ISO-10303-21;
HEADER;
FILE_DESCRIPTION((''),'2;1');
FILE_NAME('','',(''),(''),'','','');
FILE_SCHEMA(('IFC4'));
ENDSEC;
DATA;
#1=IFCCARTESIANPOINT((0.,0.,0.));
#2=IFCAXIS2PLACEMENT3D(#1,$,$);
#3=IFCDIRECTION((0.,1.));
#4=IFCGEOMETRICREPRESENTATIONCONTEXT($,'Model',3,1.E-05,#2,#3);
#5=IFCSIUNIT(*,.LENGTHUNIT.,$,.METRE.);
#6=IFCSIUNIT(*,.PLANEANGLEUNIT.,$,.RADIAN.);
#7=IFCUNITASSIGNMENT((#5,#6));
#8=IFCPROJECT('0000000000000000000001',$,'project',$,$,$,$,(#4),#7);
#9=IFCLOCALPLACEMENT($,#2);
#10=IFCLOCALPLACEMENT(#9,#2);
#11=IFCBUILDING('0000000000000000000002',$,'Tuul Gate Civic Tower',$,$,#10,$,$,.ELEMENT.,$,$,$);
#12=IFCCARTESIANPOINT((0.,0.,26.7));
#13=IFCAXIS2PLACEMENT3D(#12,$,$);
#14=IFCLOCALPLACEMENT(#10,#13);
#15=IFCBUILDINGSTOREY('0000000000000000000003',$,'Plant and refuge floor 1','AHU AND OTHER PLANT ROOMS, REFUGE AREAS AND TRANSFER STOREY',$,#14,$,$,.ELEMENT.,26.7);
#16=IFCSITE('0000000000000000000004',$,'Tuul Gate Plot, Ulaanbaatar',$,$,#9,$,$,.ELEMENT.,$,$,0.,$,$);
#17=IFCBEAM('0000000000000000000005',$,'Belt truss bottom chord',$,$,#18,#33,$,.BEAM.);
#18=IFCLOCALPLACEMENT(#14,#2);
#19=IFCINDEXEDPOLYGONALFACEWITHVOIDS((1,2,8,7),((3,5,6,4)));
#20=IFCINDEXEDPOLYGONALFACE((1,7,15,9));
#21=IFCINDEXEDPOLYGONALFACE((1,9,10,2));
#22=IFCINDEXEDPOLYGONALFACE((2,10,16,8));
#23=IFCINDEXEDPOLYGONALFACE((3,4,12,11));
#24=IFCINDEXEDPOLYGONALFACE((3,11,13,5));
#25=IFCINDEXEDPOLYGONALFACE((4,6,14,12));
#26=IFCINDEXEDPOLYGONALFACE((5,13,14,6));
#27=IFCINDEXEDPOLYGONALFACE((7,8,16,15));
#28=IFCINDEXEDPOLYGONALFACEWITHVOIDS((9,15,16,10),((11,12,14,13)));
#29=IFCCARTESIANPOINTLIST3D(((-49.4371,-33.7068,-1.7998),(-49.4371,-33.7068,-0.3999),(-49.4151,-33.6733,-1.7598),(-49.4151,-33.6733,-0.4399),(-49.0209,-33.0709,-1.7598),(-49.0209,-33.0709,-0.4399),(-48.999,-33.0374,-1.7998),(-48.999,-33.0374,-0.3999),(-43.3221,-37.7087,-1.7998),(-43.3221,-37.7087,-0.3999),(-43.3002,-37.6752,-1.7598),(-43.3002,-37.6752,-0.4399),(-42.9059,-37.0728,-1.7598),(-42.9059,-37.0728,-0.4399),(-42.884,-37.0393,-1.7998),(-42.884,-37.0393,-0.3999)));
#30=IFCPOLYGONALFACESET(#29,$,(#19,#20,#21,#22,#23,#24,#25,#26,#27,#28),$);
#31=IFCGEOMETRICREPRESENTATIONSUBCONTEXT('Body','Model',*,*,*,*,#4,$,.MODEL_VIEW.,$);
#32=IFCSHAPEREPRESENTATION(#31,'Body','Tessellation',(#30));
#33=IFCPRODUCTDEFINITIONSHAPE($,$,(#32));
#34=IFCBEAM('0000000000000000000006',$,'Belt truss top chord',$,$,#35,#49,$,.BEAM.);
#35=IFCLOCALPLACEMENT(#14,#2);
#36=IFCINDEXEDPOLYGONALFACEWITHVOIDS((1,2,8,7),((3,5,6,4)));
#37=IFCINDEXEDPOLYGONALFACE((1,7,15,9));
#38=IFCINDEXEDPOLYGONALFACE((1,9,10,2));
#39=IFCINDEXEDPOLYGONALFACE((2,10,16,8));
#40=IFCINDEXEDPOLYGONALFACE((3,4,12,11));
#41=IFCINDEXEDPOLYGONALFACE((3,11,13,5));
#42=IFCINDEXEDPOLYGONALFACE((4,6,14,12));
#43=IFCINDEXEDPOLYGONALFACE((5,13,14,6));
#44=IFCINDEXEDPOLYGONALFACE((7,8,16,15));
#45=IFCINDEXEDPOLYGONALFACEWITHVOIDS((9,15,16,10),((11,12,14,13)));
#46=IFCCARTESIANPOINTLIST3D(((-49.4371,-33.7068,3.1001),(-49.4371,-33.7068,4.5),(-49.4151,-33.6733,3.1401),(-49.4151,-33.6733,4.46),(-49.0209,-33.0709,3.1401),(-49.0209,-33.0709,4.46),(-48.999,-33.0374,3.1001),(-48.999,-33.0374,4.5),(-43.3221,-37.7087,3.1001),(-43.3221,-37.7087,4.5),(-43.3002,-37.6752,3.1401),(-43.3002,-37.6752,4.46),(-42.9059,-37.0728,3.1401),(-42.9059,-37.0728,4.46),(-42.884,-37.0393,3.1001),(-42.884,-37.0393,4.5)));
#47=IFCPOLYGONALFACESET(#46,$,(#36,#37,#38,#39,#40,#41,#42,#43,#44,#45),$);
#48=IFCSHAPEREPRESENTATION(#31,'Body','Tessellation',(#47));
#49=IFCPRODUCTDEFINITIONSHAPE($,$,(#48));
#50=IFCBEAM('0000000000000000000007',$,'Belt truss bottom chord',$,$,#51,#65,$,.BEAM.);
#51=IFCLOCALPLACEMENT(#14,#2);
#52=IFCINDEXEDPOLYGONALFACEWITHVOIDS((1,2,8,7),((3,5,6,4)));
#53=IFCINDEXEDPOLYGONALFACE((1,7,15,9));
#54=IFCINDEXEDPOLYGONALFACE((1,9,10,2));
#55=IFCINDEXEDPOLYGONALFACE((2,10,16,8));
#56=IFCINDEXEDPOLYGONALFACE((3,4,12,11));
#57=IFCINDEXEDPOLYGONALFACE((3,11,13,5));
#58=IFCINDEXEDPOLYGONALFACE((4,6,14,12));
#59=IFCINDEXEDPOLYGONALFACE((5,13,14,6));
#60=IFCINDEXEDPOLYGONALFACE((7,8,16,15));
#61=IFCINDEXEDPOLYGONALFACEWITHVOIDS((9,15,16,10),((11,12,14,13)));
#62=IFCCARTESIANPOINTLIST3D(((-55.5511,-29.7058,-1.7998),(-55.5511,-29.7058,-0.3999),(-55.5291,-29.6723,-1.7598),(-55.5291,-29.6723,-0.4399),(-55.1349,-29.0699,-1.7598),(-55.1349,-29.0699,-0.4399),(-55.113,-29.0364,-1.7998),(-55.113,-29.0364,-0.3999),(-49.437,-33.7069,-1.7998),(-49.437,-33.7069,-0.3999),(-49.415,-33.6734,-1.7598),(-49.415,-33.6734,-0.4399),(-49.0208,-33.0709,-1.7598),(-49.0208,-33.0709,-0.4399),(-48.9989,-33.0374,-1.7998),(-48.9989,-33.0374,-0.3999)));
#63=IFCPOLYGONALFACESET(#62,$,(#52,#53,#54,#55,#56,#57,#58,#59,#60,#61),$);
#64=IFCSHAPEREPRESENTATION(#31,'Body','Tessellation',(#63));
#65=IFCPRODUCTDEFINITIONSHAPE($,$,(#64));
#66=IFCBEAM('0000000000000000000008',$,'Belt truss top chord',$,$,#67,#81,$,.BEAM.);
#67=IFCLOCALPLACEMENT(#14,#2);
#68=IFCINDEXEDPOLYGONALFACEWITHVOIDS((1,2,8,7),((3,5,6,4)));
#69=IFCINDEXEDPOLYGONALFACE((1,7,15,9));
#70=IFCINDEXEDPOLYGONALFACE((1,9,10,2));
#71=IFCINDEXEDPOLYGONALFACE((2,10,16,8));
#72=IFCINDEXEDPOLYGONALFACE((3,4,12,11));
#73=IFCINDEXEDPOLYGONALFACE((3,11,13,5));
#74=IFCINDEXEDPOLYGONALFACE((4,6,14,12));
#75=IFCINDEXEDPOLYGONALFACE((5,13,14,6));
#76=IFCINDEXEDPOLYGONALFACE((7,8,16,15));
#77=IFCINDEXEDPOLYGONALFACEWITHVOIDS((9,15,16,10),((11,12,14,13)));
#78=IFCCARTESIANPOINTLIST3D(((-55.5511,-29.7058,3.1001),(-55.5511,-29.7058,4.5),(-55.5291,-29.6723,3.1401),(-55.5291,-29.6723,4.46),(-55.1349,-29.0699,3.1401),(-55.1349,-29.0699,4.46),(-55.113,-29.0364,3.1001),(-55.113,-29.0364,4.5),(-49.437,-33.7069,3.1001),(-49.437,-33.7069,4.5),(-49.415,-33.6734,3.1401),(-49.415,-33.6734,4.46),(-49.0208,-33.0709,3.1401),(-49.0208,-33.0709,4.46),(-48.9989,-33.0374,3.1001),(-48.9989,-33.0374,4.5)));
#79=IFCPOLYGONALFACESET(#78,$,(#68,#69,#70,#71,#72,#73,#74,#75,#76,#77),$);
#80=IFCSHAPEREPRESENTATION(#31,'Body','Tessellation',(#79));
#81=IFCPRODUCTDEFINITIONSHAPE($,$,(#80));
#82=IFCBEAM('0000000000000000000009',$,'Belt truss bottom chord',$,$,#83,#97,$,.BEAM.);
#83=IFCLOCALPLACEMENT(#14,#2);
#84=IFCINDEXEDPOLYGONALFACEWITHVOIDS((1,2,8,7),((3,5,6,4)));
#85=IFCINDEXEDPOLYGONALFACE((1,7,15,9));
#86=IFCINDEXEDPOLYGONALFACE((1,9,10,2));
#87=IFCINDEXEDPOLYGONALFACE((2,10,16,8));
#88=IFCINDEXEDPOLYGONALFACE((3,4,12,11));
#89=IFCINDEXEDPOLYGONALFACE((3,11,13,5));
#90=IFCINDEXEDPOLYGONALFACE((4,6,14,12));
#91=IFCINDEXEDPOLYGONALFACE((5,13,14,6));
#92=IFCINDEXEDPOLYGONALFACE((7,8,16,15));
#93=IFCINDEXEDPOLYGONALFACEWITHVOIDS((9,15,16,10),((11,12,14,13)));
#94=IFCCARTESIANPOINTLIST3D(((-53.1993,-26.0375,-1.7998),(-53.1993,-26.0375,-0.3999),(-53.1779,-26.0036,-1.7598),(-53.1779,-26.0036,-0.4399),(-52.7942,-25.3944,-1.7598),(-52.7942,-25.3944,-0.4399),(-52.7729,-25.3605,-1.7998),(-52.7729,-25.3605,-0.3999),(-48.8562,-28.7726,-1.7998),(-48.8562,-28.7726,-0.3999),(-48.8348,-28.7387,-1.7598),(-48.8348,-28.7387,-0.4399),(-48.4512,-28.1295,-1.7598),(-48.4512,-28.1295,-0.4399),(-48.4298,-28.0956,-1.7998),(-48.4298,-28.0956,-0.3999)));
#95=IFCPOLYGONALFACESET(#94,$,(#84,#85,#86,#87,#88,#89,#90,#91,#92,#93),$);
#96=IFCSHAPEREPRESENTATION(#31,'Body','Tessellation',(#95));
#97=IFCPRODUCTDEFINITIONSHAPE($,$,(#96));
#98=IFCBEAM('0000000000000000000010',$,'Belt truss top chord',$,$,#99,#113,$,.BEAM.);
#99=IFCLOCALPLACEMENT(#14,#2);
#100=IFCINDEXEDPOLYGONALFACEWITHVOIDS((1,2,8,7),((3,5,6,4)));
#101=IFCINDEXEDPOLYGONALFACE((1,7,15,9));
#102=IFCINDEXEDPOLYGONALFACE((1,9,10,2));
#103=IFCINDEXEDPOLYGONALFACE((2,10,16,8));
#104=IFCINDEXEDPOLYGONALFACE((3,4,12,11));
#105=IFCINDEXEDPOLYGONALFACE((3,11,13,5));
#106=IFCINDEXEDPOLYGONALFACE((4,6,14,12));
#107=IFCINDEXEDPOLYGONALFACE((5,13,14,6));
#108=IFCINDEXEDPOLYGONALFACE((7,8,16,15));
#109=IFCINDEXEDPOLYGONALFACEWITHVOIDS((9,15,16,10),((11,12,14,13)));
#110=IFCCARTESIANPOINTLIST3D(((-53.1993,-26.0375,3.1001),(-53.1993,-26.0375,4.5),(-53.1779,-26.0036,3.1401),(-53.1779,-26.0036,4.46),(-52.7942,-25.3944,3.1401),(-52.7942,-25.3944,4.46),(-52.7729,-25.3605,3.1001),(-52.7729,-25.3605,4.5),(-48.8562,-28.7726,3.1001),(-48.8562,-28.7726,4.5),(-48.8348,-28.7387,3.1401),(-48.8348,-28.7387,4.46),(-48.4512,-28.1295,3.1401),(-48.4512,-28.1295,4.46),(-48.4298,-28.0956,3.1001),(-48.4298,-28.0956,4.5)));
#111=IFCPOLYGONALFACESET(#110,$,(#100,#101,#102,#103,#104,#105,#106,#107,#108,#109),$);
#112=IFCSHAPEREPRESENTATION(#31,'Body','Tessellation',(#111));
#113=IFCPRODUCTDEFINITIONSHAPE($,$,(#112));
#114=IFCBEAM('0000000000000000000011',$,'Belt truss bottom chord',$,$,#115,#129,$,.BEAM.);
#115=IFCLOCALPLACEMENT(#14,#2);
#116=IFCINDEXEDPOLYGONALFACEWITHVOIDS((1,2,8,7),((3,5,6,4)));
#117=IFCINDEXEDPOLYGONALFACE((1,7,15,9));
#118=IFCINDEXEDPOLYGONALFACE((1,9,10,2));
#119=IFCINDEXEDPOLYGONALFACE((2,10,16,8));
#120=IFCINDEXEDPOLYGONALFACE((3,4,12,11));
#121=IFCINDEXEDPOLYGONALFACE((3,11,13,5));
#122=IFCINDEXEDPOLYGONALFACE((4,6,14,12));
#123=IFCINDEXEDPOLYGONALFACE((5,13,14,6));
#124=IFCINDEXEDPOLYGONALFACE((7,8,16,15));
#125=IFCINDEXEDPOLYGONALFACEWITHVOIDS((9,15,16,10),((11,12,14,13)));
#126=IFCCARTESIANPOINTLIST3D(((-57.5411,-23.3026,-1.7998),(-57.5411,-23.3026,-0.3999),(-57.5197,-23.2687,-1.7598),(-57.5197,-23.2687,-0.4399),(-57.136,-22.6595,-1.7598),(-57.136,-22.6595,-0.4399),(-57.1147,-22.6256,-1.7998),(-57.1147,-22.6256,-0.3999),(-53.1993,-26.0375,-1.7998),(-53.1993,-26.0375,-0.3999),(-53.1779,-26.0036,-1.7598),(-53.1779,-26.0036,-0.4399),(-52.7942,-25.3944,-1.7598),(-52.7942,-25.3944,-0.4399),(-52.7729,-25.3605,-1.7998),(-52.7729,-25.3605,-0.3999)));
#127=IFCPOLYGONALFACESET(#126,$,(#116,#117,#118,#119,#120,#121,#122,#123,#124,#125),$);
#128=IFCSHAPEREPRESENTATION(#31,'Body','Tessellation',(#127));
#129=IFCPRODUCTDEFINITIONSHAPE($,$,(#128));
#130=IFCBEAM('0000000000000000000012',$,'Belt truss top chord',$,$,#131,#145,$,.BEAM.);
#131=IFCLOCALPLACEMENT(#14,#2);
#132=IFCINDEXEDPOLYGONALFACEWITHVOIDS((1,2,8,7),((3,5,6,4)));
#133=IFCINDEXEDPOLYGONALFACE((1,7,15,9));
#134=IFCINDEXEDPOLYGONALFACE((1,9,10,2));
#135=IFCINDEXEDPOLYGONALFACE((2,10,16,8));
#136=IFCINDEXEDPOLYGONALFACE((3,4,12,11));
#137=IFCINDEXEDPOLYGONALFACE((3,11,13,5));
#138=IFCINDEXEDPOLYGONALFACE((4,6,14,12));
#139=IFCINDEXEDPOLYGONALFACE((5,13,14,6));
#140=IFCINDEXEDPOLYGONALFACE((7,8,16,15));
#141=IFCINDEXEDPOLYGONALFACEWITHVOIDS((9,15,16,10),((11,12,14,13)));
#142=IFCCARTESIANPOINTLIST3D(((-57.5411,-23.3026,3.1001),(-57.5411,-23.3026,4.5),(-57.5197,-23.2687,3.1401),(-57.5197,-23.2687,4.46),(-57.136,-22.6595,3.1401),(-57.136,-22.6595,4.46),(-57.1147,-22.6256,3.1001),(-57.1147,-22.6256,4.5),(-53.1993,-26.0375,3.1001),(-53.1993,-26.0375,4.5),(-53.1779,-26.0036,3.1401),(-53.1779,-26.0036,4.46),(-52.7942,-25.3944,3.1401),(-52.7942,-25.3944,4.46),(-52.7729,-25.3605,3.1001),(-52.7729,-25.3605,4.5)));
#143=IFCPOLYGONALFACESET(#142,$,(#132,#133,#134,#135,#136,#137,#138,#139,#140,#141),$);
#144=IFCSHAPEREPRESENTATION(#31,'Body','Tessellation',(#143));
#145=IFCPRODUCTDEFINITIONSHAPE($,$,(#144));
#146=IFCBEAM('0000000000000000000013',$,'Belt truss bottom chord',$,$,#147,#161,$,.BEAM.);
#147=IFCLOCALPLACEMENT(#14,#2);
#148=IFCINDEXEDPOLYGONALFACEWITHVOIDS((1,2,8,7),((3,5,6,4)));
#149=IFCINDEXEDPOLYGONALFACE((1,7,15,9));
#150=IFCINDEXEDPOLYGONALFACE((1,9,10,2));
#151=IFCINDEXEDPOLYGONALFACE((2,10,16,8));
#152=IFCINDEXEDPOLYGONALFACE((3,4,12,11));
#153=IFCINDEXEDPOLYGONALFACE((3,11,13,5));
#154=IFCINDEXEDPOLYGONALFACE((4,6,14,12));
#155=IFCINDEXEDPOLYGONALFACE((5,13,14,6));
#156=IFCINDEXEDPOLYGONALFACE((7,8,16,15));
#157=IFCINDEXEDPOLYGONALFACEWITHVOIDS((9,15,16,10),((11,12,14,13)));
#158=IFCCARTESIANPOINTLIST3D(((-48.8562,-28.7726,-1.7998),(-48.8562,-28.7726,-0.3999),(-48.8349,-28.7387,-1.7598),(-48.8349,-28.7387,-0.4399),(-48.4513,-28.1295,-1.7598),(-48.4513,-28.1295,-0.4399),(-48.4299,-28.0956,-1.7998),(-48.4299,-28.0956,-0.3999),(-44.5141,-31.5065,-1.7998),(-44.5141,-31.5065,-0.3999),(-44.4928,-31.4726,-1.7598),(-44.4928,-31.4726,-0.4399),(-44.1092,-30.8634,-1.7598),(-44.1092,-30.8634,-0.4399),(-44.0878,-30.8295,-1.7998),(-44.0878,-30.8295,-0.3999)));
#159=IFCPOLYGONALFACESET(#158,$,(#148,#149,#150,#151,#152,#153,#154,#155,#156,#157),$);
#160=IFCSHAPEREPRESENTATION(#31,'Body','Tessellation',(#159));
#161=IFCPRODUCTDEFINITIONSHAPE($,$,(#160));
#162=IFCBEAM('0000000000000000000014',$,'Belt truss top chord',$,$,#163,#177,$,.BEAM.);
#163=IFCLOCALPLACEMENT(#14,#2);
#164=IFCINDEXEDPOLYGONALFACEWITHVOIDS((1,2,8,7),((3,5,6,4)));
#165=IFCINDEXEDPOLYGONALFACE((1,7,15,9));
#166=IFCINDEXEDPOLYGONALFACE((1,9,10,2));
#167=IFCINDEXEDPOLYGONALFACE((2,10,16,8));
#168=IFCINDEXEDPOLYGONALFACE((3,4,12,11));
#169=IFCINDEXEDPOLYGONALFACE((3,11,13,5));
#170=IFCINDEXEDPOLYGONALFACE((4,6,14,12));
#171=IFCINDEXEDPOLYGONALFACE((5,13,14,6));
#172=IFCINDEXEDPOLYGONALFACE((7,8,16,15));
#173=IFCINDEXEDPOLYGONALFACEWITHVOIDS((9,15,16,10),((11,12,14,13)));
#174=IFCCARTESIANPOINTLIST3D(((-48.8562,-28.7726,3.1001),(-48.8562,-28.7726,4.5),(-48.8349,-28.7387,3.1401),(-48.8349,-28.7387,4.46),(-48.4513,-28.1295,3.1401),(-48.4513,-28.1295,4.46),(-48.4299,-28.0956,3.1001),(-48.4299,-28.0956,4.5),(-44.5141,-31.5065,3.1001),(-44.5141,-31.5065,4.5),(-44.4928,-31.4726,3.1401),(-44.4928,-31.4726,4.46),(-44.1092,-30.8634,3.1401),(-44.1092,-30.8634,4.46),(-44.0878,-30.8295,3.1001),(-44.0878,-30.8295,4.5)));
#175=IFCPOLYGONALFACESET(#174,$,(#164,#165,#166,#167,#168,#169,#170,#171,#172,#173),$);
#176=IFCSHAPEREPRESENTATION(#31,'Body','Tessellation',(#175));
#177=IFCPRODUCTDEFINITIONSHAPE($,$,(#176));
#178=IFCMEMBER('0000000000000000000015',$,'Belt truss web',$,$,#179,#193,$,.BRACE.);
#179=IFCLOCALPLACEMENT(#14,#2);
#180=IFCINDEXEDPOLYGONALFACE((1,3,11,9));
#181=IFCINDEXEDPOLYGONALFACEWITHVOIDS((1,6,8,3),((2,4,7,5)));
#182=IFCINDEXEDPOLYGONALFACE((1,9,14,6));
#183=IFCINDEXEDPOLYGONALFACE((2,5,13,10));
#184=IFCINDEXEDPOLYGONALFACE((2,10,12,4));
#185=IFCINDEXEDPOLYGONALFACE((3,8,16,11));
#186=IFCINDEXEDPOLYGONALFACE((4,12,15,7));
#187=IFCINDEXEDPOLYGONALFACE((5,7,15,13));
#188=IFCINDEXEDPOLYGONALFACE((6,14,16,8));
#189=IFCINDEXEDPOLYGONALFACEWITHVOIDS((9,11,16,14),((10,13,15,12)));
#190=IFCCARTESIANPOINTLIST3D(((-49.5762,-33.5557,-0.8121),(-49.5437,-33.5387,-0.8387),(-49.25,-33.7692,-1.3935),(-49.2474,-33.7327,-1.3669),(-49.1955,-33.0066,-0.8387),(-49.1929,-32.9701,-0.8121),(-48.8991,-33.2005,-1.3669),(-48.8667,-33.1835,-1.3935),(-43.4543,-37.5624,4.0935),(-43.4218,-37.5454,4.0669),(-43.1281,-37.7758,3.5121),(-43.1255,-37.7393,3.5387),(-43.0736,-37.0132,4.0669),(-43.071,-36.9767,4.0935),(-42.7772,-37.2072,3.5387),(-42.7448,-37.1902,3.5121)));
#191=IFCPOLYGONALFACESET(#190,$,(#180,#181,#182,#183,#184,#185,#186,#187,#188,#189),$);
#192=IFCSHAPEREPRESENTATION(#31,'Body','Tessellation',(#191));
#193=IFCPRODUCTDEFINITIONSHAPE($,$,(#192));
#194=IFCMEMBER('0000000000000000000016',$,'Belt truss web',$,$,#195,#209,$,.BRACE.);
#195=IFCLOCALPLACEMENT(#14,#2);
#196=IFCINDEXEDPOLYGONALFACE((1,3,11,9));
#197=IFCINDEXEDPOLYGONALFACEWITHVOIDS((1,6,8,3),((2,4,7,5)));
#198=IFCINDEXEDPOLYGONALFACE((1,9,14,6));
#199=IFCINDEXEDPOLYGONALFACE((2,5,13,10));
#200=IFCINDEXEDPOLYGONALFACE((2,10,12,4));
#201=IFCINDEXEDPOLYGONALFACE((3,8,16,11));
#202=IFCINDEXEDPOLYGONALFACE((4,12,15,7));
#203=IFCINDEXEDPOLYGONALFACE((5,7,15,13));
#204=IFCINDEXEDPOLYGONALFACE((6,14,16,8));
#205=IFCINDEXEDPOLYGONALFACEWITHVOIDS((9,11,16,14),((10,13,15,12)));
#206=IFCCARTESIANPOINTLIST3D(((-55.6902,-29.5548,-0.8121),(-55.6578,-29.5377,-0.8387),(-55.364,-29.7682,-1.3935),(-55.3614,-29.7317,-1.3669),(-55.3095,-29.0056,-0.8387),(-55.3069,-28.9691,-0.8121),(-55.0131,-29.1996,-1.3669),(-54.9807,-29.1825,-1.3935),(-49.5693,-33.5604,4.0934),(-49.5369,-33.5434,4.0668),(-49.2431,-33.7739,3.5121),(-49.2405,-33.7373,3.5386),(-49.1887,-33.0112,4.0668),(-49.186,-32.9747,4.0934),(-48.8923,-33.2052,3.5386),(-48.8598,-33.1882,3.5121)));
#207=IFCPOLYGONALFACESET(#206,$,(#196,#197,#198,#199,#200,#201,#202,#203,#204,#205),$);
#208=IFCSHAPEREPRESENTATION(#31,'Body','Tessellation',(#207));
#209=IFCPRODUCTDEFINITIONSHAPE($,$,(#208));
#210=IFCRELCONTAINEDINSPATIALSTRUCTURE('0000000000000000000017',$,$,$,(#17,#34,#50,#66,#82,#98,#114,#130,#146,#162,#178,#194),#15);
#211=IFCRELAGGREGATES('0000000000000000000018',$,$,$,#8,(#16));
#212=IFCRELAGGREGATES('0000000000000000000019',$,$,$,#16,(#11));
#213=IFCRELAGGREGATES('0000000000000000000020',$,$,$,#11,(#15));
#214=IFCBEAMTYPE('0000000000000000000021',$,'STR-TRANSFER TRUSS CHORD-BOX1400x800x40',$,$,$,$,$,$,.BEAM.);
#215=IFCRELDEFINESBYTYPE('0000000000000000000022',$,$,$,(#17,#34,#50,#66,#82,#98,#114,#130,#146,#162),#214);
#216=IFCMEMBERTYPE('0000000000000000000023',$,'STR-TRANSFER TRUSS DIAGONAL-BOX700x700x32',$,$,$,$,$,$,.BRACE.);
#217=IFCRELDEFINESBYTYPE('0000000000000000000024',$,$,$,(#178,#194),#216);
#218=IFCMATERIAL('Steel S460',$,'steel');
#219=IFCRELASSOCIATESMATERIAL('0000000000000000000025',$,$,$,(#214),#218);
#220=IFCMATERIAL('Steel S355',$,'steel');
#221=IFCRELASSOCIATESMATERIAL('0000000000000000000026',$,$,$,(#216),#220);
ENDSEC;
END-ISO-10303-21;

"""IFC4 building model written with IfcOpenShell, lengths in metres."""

from ifc_helpers import new_model, si_unit, direction, frame, origin, origin_2d, place, context, subcontext, project, spatial, hollow_rectangle, extrude, material, material_profile, profile_set, type_object, element, save


model = new_model("IFC4")

# Units and contexts
model_context = context("Model", 3, precision=1e-05, world=origin(), true_north=direction((0.0, 1.0)))
body_context = subcontext(model_context, "Body", "Model", "MODEL_VIEW")
ifc_project = project(units=[si_unit("LENGTHUNIT", "METRE"), si_unit("PLANEANGLEUNIT", "RADIAN")], contexts=[model_context])

# Site, building, storey
site_placement = place(None, origin())
site = spatial("IfcSite", under=ifc_project, at=site_placement, Name="Tuul Gate Plot, Ulaanbaatar", CompositionType="ELEMENT", RefElevation=0.0)
building_placement = place(site_placement, origin())
building = spatial("IfcBuilding", under=site, at=building_placement, Name="Tuul Gate Civic Tower", CompositionType="ELEMENT")
storey_placement = place(building_placement, frame((0.0, 0.0, 26.7)))
storey = spatial("IfcBuildingStorey", under=building, at=storey_placement, Name="Plant and refuge floor 1", Description="AHU AND OTHER PLANT ROOMS, REFUGE AREAS AND TRANSFER STOREY", CompositionType="ELEMENT", Elevation=26.7)

# Beams
ifc_material_1 = material(Name="Steel S460", Category="steel")
ifc_material_profile_1 = material_profile(ifc_material_1, hollow_rectangle(XDim=0.8, YDim=1.3999, WallThickness=0.04, at=origin_2d()), Name="BOX1400x800x40")
ifc_profile_set_1 = profile_set([ifc_material_profile_1], Name="Steel S460")
beam_type = type_object("IfcBeamType", Name="STR-TRANSFER TRUSS CHORD-BOX1400x800x40", PredefinedType="BEAM", material=ifc_profile_set_1)
for number, where, z_axis, x_axis, name in (
    (1, (-49.218, -33.3721, -1.0999), (0.836738, -0.547603, 0.0), (0.547603, 0.836738, 0.0), "Belt truss bottom chord"),
    (2, (-49.218, -33.3721, 3.8), (0.836738, -0.547603, 0.0), (0.547603, 0.836738, 0.0), "Belt truss top chord"),
):
    element("IfcBeam", number, at=place(storey_placement, frame(where, z_axis=z_axis, x_axis=x_axis)), inside=storey, type_object=beam_type, Name=name, PredefinedType="BEAM", context=body_context, shape_type="SweptSolid", body=[
        extrude(hollow_rectangle(XDim=0.8, YDim=1.3999, WallThickness=0.04, at=origin_2d()), origin(), (0.0, 0.0, 1.0), 7.3081),
    ])
for number, where, z_axis, x_axis, name in (
    (3, (-55.332, -29.3711, -1.0999), (0.836759, -0.547571, 0.0), (0.547571, 0.836759, 0.0), "Belt truss bottom chord"),
    (4, (-55.332, -29.3711, 3.8), (0.836759, -0.547571, 0.0), (0.547571, 0.836759, 0.0), "Belt truss top chord"),
):
    element("IfcBeam", number, at=place(storey_placement, frame(where, z_axis=z_axis, x_axis=x_axis)), inside=storey, type_object=beam_type, Name=name, PredefinedType="BEAM", context=body_context, shape_type="SweptSolid", body=[
        extrude(hollow_rectangle(XDim=0.8, YDim=1.3999, WallThickness=0.04, at=origin_2d()), origin(), (0.0, 0.0, 1.0), 7.3069),
    ])
for number, where, z_axis, x_axis, name in (
    (5, (-52.9861, -25.699, -1.0999), (0.846179, -0.532899, 0.0), (0.532899, 0.846179, 0.0), "Belt truss bottom chord"),
    (6, (-52.9861, -25.699, 3.8), (0.846179, -0.532899, 0.0), (0.532899, 0.846179, 0.0), "Belt truss top chord"),
):
    element("IfcBeam", number, at=place(storey_placement, frame(where, z_axis=z_axis, x_axis=x_axis)), inside=storey, type_object=beam_type, Name=name, PredefinedType="BEAM", context=body_context, shape_type="SweptSolid", body=[
        extrude(hollow_rectangle(XDim=0.8, YDim=1.3999, WallThickness=0.04, at=origin_2d()), origin(), (0.0, 0.0, 1.0), 5.1326),
    ])
for number, where, z_axis, x_axis, name in (
    (7, (-57.3279, -22.9641, -1.0999), (0.846133, -0.532972, 0.0), (0.532972, 0.846133, 0.0), "Belt truss bottom chord"),
    (8, (-57.3279, -22.9641, 3.8), (0.846133, -0.532972, 0.0), (0.532972, 0.846133, 0.0), "Belt truss top chord"),
):
    element("IfcBeam", number, at=place(storey_placement, frame(where, z_axis=z_axis, x_axis=x_axis)), inside=storey, type_object=beam_type, Name=name, PredefinedType="BEAM", context=body_context, shape_type="SweptSolid", body=[
        extrude(hollow_rectangle(XDim=0.8, YDim=1.3999, WallThickness=0.04, at=origin_2d()), origin(), (0.0, 0.0, 1.0), 5.1313),
    ])
for number, where, z_axis, x_axis, name in (
    (9, (-48.6431, -28.4341, -1.0999), (0.846232, -0.532815, 0.0), (0.532815, 0.846232, 0.0), "Belt truss bottom chord"),
    (10, (-48.6431, -28.4341, 3.8), (0.846232, -0.532815, 0.0), (0.532815, 0.846232, 0.0), "Belt truss top chord"),
):
    element("IfcBeam", number, at=place(storey_placement, frame(where, z_axis=z_axis, x_axis=x_axis)), inside=storey, type_object=beam_type, Name=name, PredefinedType="BEAM", context=body_context, shape_type="SweptSolid", body=[
        extrude(hollow_rectangle(XDim=0.8, YDim=1.3999, WallThickness=0.04, at=origin_2d()), origin(), (0.0, 0.0, 1.0), 5.1311),
    ])

# Members
ifc_material_2 = material(Name="Steel S355", Category="steel")
ifc_material_profile_2 = material_profile(ifc_material_2, hollow_rectangle(XDim=0.7, YDim=0.7, WallThickness=0.032, at=origin_2d()), Name="BOX700x700x32")
ifc_profile_set_2 = profile_set([ifc_material_profile_2], Name="Steel S355")
member_type_1 = type_object("IfcMemberType", Name="STR-TRANSFER TRUSS DIAGONAL-BOX700x700x32", PredefinedType="BRACE", material=ifc_profile_set_2)
member_1_placement = place(storey_placement, frame((-49.2214, -33.3696, -1.1028), z_axis=(0.694973, -0.454844, 0.556893), x_axis=(0.547619, 0.836728, 0.0)))
element("IfcMember", 11, at=member_1_placement, inside=storey, type_object=member_type_1, Name="Belt truss web", PredefinedType="BRACE", context=body_context, shape_type="SweptSolid", body=[
    extrude(hollow_rectangle(XDim=0.7, YDim=0.7, WallThickness=0.032, at=origin_2d()), origin(), (0.0, 0.0, 1.0), 8.8088),
])
member_2_placement = place(storey_placement, frame((-55.3354, -29.3687, -1.1028), z_axis=(0.694951, -0.454791, 0.556964), x_axis=(0.547587, 0.836749, 0.0)))
element("IfcMember", 12, at=member_2_placement, inside=storey, type_object=member_type_1, Name="Belt truss web", PredefinedType="BRACE", context=body_context, shape_type="SweptSolid", body=[
    extrude(hollow_rectangle(XDim=0.7, YDim=0.7, WallThickness=0.032, at=origin_2d()), origin(), (0.0, 0.0, 1.0), 8.8076),
])

save(model, "model.ifc")
